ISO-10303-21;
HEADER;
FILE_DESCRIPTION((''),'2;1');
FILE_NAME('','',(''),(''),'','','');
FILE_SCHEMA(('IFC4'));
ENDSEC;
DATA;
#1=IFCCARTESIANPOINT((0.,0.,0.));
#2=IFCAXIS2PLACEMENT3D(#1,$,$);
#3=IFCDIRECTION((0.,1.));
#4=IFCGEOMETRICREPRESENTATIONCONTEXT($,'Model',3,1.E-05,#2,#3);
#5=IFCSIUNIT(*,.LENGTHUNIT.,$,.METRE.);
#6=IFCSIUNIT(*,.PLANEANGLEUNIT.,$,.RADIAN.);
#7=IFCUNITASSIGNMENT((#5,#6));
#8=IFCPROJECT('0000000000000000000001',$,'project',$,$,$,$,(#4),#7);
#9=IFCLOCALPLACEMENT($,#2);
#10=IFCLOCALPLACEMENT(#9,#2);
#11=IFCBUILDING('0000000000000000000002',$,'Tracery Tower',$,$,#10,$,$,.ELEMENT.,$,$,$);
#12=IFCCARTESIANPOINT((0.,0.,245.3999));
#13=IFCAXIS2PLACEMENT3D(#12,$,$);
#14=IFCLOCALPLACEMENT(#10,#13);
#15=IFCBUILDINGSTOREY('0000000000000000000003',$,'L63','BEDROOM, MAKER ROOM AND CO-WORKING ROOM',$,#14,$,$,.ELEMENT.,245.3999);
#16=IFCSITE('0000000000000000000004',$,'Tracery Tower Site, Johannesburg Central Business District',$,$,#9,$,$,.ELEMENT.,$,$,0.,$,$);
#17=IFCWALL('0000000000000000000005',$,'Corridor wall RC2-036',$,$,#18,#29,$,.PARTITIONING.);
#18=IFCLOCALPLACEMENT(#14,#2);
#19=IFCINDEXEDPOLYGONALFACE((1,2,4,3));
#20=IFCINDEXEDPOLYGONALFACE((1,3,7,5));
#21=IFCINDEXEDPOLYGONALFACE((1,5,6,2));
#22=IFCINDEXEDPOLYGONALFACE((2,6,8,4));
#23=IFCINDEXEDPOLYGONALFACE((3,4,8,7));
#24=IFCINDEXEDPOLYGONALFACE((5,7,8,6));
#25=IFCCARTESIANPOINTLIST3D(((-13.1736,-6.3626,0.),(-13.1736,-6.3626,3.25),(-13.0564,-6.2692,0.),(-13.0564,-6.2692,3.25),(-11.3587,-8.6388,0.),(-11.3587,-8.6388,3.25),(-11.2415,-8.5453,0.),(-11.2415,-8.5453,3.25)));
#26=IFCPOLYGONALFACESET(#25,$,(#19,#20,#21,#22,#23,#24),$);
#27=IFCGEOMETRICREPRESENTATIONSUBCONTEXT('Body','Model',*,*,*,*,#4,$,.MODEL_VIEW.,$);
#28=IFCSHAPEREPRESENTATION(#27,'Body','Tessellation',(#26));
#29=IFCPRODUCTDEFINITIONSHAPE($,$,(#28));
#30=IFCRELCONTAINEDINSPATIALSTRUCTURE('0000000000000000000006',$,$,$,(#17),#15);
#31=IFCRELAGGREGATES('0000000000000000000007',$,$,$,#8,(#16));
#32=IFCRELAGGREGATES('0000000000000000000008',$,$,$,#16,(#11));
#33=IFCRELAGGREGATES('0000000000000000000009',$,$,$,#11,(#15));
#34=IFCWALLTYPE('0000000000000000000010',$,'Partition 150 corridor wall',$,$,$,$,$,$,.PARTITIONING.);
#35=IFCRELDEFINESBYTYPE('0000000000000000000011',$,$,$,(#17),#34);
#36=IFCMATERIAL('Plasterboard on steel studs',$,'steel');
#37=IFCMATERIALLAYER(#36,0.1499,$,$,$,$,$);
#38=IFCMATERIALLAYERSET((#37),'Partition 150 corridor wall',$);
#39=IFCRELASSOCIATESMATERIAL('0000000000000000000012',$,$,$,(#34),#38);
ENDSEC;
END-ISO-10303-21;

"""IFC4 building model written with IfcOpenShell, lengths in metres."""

from ifc_helpers import new_model, si_unit, direction, frame, frame_2d, origin, place, context, subcontext, project, spatial, rectangle, extrude, material, layer, layer_set, type_object, element, save


model = new_model("IFC4")

# Units and contexts
model_context = context("Model", 3, precision=1e-05, world=origin(), true_north=direction((0.0, 1.0)))
body_context = subcontext(model_context, "Body", "Model", "MODEL_VIEW")
ifc_project = project(units=[si_unit("LENGTHUNIT", "METRE"), si_unit("PLANEANGLEUNIT", "RADIAN")], contexts=[model_context])

# Site, building, storey
site_placement = place(None, origin())
site = spatial("IfcSite", under=ifc_project, at=site_placement, Name="Tracery Tower Site, Johannesburg Central Business District", CompositionType="ELEMENT", RefElevation=0.0)
building_placement = place(site_placement, origin())
building = spatial("IfcBuilding", under=site, at=building_placement, Name="Tracery Tower", CompositionType="ELEMENT")
storey_placement = place(building_placement, frame((0.0, 0.0, 245.3999)))
storey = spatial("IfcBuildingStorey", under=building, at=storey_placement, Name="L63", Description="BEDROOM, MAKER ROOM AND CO-WORKING ROOM", CompositionType="ELEMENT", Elevation=245.3999)

# Wall
ifc_material_1 = material(Name="Plasterboard on steel studs", Category="steel")
ifc_layer_1 = layer(ifc_material_1, 0.1499)
ifc_layer_set_1 = layer_set([ifc_layer_1], Name="Partition 150 corridor wall")
wall_type_1 = type_object("IfcWallType", Name="Partition 150 corridor wall", PredefinedType="PARTITIONING", material=ifc_layer_set_1)
wall_1_placement = place(storey_placement, frame((-13.115, -6.3159, 0.0), z_axis=(0.0, 0.0, 1.0), x_axis=(0.623447, -0.781866, 0.0)))
element("IfcWall", 1, at=wall_1_placement, inside=storey, type_object=wall_type_1, Name="Corridor wall RC2-036", PredefinedType="PARTITIONING", context=body_context, shape_type="SweptSolid", body=[
    extrude(rectangle(XDim=2.9111, YDim=0.1499, at=frame_2d((1.4556, 0.0))), origin(), (0.0, 0.0, 1.0), 3.25),
])

save(model, "model.ifc")
